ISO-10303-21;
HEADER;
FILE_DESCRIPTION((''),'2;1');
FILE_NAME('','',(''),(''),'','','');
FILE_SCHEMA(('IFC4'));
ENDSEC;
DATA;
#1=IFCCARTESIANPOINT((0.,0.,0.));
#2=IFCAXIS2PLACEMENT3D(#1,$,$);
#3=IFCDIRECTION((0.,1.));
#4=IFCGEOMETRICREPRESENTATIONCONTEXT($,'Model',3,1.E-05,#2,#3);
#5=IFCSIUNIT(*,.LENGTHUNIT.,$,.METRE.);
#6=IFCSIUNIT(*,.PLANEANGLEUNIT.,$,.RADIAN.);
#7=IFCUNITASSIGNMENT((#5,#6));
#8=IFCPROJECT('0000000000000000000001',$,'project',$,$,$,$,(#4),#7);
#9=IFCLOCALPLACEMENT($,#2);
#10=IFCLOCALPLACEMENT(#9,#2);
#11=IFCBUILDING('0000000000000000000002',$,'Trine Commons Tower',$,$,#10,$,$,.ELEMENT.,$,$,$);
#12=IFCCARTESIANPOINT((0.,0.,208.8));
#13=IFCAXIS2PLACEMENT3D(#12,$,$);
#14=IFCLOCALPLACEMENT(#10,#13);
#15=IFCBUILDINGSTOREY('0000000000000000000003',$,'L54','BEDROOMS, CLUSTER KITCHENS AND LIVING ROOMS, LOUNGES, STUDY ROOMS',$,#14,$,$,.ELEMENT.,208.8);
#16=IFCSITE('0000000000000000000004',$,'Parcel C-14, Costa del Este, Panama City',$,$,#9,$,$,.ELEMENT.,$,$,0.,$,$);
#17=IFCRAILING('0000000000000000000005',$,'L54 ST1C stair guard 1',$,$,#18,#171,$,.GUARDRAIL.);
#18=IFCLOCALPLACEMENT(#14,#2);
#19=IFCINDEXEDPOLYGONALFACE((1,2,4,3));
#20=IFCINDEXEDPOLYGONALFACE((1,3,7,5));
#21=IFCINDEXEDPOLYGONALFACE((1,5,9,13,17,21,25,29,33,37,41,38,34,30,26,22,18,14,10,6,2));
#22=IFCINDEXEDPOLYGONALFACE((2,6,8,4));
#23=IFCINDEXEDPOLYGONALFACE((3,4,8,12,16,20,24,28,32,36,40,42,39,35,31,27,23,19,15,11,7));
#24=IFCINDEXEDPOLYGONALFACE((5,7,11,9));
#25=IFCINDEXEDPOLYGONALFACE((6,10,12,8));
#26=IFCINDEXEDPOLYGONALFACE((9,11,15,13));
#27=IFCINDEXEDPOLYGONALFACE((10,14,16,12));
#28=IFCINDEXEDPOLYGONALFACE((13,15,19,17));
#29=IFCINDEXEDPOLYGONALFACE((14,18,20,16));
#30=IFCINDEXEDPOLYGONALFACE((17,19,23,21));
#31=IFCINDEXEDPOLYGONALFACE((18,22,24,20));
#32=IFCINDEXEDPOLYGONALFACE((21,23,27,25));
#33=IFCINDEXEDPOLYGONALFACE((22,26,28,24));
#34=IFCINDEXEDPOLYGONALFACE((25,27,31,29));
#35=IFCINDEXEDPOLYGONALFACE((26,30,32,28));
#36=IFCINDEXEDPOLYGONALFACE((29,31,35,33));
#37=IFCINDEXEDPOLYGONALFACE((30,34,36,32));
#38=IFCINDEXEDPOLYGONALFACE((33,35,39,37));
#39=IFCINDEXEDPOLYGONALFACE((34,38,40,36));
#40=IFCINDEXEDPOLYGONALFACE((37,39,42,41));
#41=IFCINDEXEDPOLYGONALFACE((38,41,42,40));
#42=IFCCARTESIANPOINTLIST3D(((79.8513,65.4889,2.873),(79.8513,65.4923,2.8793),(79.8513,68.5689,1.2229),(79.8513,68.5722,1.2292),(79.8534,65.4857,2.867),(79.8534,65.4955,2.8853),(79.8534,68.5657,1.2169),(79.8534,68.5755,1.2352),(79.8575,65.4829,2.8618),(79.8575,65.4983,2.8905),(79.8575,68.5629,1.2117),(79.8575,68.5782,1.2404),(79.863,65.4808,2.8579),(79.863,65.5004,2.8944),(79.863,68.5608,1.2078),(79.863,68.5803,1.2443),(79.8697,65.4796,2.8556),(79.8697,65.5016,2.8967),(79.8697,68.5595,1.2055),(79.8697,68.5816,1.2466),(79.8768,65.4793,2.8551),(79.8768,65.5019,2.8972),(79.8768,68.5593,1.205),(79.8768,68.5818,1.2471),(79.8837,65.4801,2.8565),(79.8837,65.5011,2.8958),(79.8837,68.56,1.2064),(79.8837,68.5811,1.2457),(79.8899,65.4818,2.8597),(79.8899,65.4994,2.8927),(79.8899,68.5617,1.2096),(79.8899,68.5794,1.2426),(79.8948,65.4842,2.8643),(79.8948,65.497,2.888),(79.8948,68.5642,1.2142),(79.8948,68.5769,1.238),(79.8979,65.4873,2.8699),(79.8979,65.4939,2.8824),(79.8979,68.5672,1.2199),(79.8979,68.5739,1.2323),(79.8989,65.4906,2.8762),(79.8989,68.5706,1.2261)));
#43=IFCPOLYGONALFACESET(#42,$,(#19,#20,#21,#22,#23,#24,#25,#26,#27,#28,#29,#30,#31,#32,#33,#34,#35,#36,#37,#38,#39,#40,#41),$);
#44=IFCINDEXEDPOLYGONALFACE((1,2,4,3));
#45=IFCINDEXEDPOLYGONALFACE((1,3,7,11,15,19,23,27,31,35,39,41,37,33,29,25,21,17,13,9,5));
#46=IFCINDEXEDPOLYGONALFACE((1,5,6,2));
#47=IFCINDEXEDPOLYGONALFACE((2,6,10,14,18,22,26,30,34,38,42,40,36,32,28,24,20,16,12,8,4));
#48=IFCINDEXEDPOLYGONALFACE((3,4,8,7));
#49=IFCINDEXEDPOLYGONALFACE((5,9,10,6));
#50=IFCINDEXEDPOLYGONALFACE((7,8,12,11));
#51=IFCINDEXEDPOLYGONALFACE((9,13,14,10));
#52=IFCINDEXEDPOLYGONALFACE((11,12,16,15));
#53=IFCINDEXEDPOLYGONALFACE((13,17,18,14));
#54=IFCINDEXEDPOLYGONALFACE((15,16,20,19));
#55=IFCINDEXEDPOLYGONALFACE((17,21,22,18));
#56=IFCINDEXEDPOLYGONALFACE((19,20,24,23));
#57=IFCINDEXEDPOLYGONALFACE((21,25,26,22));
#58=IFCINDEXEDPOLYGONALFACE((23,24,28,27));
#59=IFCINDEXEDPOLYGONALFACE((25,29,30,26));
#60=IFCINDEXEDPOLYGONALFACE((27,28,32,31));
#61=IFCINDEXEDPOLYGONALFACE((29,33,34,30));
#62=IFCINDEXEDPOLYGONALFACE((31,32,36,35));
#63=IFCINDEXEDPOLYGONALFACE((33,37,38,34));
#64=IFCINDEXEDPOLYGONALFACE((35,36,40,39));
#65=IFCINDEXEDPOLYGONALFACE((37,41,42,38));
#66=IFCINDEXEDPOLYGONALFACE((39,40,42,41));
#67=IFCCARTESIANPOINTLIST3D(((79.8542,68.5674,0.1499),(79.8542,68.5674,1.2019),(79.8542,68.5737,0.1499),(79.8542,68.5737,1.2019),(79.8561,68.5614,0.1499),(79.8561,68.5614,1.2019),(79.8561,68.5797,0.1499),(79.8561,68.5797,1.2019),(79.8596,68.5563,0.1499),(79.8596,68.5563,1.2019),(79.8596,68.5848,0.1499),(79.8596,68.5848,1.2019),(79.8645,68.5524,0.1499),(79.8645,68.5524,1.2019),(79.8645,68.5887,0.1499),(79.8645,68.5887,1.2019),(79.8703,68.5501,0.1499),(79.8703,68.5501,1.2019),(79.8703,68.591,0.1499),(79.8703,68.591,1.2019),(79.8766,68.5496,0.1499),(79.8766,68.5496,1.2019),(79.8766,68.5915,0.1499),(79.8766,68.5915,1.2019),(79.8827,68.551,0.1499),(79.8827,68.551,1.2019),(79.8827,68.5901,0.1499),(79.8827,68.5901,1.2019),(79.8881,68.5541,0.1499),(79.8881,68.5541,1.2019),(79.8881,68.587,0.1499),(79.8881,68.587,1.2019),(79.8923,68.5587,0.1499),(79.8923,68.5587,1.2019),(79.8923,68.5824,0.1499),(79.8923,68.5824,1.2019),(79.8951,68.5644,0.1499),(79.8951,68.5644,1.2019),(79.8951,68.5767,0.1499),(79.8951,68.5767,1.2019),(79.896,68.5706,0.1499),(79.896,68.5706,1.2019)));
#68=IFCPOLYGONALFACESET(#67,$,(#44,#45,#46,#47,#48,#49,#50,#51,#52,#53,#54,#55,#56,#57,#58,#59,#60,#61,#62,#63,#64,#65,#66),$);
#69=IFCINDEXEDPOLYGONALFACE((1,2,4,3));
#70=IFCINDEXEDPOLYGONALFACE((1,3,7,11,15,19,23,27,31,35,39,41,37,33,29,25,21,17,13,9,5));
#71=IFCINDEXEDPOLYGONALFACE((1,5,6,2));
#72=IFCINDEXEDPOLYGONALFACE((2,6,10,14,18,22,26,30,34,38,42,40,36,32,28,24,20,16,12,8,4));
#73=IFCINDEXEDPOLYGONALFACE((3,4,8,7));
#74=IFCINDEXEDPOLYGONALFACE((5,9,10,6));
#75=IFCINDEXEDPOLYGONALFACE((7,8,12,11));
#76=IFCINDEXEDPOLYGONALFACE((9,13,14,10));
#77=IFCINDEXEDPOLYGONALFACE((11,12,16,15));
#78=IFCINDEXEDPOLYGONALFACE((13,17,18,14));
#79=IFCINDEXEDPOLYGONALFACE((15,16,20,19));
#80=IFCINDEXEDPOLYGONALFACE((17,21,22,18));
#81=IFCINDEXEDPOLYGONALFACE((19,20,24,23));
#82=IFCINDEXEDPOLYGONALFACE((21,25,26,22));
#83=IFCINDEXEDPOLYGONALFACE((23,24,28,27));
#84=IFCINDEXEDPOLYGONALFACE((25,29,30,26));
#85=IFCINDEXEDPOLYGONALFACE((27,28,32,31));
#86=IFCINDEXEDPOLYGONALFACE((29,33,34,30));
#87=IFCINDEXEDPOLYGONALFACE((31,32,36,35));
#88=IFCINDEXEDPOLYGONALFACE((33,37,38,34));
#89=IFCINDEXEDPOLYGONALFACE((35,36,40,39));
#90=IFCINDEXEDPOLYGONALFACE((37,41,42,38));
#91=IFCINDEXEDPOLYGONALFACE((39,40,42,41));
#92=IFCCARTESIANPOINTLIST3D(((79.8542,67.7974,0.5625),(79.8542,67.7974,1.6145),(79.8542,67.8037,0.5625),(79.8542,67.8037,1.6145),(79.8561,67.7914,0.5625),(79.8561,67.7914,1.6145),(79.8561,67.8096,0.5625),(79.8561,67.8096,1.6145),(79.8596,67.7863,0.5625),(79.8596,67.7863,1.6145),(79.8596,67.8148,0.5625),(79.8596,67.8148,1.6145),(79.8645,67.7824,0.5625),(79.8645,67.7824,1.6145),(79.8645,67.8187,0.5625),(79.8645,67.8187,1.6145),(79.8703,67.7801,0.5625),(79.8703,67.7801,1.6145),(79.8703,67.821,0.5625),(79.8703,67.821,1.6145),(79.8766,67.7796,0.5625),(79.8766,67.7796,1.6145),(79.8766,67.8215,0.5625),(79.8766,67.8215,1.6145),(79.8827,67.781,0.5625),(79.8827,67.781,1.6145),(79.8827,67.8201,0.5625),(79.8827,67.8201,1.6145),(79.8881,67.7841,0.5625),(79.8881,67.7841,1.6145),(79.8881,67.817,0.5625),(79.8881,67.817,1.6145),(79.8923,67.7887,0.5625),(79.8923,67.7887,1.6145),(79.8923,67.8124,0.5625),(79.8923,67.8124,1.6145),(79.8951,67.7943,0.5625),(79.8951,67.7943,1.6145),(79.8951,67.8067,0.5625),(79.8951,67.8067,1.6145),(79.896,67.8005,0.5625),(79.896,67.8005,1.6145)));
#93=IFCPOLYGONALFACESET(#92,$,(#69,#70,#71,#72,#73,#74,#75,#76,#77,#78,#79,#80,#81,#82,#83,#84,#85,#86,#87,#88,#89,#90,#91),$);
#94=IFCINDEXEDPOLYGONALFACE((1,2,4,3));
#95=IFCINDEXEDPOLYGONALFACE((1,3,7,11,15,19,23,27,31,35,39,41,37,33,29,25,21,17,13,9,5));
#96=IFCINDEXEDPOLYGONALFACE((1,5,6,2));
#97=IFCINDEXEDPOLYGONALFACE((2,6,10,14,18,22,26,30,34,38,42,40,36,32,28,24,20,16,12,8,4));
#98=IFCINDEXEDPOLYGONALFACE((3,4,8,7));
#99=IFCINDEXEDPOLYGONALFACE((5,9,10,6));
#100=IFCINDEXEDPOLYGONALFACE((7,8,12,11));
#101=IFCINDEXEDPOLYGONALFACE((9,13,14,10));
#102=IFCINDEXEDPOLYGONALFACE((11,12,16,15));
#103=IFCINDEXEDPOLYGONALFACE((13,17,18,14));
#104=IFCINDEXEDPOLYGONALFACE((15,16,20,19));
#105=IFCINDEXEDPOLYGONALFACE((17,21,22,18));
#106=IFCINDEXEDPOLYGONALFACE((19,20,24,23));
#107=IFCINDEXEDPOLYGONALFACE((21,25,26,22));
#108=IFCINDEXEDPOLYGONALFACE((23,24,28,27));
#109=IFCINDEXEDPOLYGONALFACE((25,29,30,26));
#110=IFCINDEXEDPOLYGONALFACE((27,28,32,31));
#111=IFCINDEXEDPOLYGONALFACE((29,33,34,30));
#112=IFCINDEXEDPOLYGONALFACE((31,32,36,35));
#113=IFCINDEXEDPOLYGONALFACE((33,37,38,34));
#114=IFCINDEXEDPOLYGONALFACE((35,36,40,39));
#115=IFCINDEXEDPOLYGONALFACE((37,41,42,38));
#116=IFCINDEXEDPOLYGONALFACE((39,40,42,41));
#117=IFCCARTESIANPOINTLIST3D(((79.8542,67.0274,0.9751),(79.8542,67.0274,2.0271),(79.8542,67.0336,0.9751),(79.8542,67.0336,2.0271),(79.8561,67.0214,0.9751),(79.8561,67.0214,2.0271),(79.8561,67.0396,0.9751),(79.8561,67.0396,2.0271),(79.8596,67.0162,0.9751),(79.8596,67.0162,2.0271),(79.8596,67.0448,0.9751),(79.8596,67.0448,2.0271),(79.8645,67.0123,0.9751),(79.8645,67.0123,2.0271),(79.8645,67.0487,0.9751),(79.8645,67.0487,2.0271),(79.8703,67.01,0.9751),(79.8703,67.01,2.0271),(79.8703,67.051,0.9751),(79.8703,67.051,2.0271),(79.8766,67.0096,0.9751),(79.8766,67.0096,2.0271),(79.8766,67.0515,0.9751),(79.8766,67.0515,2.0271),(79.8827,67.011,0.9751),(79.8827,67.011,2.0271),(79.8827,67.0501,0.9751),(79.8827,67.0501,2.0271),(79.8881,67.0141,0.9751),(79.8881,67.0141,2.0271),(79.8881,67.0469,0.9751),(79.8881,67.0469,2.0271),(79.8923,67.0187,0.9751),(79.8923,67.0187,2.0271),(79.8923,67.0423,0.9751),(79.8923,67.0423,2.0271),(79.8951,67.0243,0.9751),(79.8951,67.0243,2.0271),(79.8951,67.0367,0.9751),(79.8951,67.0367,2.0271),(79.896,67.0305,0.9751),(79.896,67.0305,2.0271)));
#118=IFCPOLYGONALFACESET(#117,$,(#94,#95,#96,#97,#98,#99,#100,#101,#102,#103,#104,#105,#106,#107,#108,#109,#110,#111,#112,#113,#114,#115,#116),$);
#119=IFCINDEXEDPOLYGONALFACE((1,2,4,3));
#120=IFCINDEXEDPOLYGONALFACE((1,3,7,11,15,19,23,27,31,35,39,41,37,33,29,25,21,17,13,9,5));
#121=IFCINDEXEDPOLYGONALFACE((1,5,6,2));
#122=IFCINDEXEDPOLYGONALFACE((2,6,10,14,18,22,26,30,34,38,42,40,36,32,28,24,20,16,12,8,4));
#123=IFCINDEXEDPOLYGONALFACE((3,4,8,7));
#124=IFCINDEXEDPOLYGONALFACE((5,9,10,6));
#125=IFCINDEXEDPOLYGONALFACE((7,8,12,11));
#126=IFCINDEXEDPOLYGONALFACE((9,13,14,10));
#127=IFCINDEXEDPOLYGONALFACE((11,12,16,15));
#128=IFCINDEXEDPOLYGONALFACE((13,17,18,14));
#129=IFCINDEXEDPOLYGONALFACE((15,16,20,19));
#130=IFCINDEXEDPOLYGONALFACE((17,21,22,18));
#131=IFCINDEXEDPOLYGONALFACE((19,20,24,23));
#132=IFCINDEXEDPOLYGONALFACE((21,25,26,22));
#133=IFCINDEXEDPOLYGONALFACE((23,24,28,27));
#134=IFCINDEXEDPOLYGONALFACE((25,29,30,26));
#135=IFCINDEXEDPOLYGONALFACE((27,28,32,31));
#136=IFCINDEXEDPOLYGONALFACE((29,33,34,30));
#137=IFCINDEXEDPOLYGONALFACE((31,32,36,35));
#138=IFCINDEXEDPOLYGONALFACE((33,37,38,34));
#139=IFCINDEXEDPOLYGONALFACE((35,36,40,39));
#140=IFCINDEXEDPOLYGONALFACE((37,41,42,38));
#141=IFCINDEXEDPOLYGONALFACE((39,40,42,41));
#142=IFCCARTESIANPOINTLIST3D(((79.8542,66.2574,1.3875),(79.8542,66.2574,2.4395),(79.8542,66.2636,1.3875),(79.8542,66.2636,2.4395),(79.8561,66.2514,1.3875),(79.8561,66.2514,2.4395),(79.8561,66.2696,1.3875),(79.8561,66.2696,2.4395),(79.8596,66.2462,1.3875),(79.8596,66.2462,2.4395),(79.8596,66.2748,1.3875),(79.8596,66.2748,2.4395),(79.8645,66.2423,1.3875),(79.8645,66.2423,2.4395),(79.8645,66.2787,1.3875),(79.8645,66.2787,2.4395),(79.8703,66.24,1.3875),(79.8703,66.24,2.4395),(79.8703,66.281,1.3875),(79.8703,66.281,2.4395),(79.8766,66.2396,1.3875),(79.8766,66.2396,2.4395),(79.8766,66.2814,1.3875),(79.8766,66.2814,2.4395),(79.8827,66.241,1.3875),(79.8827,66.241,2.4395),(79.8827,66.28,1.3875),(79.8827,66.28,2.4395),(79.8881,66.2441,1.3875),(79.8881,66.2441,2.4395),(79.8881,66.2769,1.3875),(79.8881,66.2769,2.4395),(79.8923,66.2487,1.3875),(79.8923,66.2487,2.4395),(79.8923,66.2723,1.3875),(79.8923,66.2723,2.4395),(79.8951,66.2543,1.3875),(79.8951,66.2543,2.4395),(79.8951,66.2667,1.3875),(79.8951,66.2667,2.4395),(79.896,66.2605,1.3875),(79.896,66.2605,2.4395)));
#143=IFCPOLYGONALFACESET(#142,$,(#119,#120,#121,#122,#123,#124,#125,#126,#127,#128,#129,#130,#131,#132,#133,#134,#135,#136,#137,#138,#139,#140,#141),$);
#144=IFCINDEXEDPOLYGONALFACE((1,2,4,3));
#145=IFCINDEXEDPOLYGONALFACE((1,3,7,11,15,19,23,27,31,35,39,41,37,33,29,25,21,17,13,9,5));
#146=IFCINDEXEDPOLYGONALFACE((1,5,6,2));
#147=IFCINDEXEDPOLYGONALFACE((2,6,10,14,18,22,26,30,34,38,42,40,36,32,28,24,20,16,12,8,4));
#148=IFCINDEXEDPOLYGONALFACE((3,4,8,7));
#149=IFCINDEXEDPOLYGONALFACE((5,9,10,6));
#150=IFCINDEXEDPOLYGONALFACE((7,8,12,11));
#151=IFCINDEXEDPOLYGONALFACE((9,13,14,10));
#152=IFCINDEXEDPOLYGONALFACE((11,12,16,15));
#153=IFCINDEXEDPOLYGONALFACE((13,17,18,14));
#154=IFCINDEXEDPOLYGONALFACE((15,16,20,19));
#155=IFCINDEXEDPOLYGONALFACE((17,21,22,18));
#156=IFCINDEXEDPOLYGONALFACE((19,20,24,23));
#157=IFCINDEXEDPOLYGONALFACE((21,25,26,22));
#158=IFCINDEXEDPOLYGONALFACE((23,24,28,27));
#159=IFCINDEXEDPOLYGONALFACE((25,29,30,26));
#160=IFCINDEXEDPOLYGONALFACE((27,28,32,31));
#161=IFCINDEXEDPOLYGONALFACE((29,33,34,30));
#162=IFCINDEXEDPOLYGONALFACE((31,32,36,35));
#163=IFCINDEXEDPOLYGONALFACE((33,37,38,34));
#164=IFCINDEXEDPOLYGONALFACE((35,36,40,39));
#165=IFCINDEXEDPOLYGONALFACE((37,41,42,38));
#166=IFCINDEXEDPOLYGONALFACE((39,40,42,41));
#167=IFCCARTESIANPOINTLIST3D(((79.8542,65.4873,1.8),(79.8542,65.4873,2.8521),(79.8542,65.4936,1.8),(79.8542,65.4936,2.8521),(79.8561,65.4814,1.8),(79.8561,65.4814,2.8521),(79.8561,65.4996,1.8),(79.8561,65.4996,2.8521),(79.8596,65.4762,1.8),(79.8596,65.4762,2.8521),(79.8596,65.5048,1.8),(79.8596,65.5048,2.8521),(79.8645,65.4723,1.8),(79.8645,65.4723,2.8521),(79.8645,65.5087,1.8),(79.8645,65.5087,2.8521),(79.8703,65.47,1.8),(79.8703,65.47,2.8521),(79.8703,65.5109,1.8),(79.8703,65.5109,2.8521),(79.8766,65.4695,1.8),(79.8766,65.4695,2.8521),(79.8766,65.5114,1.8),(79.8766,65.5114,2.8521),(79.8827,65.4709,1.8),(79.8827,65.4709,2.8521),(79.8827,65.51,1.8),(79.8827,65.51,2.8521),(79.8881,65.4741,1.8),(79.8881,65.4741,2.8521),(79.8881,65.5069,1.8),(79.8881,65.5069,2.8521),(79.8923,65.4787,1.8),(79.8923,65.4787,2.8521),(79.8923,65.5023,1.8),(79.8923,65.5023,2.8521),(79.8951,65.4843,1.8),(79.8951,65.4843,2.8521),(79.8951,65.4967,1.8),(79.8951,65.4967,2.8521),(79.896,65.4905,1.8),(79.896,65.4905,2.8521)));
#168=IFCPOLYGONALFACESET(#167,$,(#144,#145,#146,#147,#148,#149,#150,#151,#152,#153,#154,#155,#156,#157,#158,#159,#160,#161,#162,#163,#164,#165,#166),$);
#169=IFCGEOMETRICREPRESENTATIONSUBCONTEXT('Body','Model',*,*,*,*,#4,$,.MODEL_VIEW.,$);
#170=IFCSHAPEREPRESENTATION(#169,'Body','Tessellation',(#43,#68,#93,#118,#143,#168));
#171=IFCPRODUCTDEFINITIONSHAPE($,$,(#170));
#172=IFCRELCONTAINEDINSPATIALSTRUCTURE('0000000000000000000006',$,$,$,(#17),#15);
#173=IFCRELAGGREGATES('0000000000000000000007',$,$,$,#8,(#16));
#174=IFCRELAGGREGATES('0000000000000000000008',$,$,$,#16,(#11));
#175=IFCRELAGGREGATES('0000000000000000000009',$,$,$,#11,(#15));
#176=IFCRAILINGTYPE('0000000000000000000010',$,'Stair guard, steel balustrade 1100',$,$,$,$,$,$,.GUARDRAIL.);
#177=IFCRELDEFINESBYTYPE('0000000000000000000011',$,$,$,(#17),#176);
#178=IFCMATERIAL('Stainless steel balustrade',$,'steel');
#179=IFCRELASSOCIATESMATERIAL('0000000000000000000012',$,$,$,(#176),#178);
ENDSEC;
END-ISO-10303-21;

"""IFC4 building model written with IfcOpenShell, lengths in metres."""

from ifc_helpers import new_model, si_unit, direction, frame, origin, origin_2d, place, context, subcontext, project, spatial, circle, extrude, material, type_object, element, save


model = new_model("IFC4")

# Units and contexts
model_context = context("Model", 3, precision=1e-05, world=origin(), true_north=direction((0.0, 1.0)))
body_context = subcontext(model_context, "Body", "Model", "MODEL_VIEW")
ifc_project = project(units=[si_unit("LENGTHUNIT", "METRE"), si_unit("PLANEANGLEUNIT", "RADIAN")], contexts=[model_context])

# Site, building, storey
site_placement = place(None, origin())
site = spatial("IfcSite", under=ifc_project, at=site_placement, Name="Parcel C-14, Costa del Este, Panama City", CompositionType="ELEMENT", RefElevation=0.0)
building_placement = place(site_placement, origin())
building = spatial("IfcBuilding", under=site, at=building_placement, Name="Trine Commons Tower", CompositionType="ELEMENT")
storey_placement = place(building_placement, frame((0.0, 0.0, 208.8)))
storey = spatial("IfcBuildingStorey", under=building, at=storey_placement, Name="L54", Description="BEDROOMS, CLUSTER KITCHENS AND LIVING ROOMS, LOUNGES, STUDY ROOMS", CompositionType="ELEMENT", Elevation=208.8)

# Railing
ifc_material_1 = material(Name="Stainless steel balustrade", Category="steel")
railing_type_1 = type_object("IfcRailingType", Name="Stair guard, steel balustrade 1100", PredefinedType="GUARDRAIL", material=ifc_material_1)
railing_1_placement = place(storey_placement, frame((79.875, 68.5706, 0.1499)))
element("IfcRailing", 1, at=railing_1_placement, inside=storey, type_object=railing_type_1, Name="L54 ST1C stair guard 1", PredefinedType="GUARDRAIL", context=body_context, shape_type="SweptSolid", body=[
    extrude(circle(Radius=0.0239, at=origin_2d()), frame((0.0, 0.0, 1.0762), z_axis=(0.0, -0.881468, 0.472245), x_axis=(1.0, 0.0, 0.0)), (0.0, 0.0, 1.0), 3.4941),
    extrude(circle(Radius=0.021, at=origin_2d()), origin(), (0.0, 0.0, 1.0), 1.052),
    extrude(circle(Radius=0.021, at=origin_2d()), frame((0.0, -0.77, 0.4126)), (0.0, 0.0, 1.0), 1.052),
    extrude(circle(Radius=0.021, at=origin_2d()), frame((0.0, -1.54, 0.8252)), (0.0, 0.0, 1.0), 1.052),
    extrude(circle(Radius=0.021, at=origin_2d()), frame((0.0, -2.3101, 1.2375)), (0.0, 0.0, 1.0), 1.052),
    extrude(circle(Radius=0.021, at=origin_2d()), frame((0.0, -3.0801, 1.6501)), (0.0, 0.0, 1.0), 1.052),
])

save(model, "model.ifc")
